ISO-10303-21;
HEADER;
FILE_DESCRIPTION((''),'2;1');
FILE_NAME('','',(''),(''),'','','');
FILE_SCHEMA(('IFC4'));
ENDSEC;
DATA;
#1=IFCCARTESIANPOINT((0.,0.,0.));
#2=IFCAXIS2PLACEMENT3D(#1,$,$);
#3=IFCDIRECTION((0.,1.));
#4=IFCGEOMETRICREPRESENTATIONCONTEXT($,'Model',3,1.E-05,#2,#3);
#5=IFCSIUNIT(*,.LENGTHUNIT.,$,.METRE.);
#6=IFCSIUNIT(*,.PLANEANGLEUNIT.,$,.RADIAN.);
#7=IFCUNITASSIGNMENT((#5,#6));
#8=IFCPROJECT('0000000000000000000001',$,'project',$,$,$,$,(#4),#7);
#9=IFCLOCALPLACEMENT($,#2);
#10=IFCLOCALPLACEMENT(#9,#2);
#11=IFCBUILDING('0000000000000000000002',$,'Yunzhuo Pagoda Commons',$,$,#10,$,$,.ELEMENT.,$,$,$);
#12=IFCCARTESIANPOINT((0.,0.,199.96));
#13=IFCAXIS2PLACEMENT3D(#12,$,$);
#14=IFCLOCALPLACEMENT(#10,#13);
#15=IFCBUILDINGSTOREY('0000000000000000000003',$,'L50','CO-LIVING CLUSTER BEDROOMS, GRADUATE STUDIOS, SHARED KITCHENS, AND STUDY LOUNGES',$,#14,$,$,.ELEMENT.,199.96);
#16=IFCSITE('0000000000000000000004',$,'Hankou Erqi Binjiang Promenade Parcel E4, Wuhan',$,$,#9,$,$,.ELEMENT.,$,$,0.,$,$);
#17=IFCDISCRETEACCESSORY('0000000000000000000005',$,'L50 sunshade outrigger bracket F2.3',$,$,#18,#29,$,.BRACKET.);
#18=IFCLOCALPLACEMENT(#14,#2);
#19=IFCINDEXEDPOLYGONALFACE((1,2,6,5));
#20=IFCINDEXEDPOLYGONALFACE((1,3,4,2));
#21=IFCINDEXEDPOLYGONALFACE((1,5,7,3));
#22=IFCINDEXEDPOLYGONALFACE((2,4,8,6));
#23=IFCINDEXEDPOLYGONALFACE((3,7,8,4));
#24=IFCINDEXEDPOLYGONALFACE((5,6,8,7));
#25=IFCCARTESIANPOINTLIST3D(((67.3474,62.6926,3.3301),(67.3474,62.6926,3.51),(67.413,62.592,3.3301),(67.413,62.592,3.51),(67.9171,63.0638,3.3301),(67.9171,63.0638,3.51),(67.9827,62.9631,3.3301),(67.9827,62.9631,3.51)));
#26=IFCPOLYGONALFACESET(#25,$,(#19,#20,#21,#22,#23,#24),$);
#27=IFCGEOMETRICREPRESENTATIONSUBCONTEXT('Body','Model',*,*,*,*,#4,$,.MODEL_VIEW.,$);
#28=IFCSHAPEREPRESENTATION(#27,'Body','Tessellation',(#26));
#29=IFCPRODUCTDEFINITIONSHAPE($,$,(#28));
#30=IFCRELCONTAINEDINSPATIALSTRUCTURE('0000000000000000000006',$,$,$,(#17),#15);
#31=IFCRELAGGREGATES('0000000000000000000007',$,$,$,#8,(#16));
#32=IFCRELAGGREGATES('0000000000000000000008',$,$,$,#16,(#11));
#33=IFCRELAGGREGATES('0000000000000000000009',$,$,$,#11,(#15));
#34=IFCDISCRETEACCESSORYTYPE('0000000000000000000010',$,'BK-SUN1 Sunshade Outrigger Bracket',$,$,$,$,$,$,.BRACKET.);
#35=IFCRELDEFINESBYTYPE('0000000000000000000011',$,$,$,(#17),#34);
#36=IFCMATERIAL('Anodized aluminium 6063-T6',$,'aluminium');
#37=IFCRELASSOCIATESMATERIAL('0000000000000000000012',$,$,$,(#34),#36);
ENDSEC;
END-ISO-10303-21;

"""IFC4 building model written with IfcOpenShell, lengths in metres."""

from ifc_helpers import new_model, si_unit, direction, frame, origin, origin_2d, place, context, subcontext, project, spatial, rectangle, extrude, source, transform, mapped, material, type_object, element, save


model = new_model("IFC4")

# Units and contexts
model_context = context("Model", 3, precision=1e-05, world=origin(), true_north=direction((0.0, 1.0)))
body_context = subcontext(model_context, "Body", "Model", "MODEL_VIEW")
ifc_project = project(units=[si_unit("LENGTHUNIT", "METRE"), si_unit("PLANEANGLEUNIT", "RADIAN")], contexts=[model_context])

# Site, building, storey
site_placement = place(None, origin())
site = spatial("IfcSite", under=ifc_project, at=site_placement, Name="Hankou Erqi Binjiang Promenade Parcel E4, Wuhan", CompositionType="ELEMENT", RefElevation=0.0)
building_placement = place(site_placement, origin())
building = spatial("IfcBuilding", under=site, at=building_placement, Name="Yunzhuo Pagoda Commons", CompositionType="ELEMENT")
storey_placement = place(building_placement, frame((0.0, 0.0, 199.96)))
storey = spatial("IfcBuildingStorey", under=building, at=storey_placement, Name="L50", Description="CO-LIVING CLUSTER BEDROOMS, GRADUATE STUDIOS, SHARED KITCHENS, AND STUDY LOUNGES", CompositionType="ELEMENT", Elevation=199.96)

# Shared definitions
ifc_material_1 = material(Name="Anodized aluminium 6063-T6", Category="aluminium")

# Discrete accessory
discrete_accessory_type = type_object("IfcDiscreteAccessoryType", Name="BK-SUN1 Sunshade Outrigger Bracket", PredefinedType="BRACKET", material=ifc_material_1)
shared_shape_1 = source(origin(), body_context, "Body", "SweptSolid", [
    extrude(rectangle(XDim=0.1201, YDim=0.6799, at=origin_2d()), origin(), (0.0, 0.0, 1.0), 0.1799),
])
discrete_accessory_placement = place(storey_placement, frame((67.665, 62.8279, 3.3301), z_axis=(0.0, 0.0, 1.0), x_axis=(-0.545839, 0.83789, 0.0)))
element("IfcDiscreteAccessory", 1, at=discrete_accessory_placement, inside=storey, type_object=discrete_accessory_type, Name="L50 sunshade outrigger bracket F2.3", PredefinedType="BRACKET", context=body_context, shape_type="MappedRepresentation", body=[
    mapped(shared_shape_1, transform((0.0, 0.0, 0.0), scale=1.0)),
])

save(model, "model.ifc")
